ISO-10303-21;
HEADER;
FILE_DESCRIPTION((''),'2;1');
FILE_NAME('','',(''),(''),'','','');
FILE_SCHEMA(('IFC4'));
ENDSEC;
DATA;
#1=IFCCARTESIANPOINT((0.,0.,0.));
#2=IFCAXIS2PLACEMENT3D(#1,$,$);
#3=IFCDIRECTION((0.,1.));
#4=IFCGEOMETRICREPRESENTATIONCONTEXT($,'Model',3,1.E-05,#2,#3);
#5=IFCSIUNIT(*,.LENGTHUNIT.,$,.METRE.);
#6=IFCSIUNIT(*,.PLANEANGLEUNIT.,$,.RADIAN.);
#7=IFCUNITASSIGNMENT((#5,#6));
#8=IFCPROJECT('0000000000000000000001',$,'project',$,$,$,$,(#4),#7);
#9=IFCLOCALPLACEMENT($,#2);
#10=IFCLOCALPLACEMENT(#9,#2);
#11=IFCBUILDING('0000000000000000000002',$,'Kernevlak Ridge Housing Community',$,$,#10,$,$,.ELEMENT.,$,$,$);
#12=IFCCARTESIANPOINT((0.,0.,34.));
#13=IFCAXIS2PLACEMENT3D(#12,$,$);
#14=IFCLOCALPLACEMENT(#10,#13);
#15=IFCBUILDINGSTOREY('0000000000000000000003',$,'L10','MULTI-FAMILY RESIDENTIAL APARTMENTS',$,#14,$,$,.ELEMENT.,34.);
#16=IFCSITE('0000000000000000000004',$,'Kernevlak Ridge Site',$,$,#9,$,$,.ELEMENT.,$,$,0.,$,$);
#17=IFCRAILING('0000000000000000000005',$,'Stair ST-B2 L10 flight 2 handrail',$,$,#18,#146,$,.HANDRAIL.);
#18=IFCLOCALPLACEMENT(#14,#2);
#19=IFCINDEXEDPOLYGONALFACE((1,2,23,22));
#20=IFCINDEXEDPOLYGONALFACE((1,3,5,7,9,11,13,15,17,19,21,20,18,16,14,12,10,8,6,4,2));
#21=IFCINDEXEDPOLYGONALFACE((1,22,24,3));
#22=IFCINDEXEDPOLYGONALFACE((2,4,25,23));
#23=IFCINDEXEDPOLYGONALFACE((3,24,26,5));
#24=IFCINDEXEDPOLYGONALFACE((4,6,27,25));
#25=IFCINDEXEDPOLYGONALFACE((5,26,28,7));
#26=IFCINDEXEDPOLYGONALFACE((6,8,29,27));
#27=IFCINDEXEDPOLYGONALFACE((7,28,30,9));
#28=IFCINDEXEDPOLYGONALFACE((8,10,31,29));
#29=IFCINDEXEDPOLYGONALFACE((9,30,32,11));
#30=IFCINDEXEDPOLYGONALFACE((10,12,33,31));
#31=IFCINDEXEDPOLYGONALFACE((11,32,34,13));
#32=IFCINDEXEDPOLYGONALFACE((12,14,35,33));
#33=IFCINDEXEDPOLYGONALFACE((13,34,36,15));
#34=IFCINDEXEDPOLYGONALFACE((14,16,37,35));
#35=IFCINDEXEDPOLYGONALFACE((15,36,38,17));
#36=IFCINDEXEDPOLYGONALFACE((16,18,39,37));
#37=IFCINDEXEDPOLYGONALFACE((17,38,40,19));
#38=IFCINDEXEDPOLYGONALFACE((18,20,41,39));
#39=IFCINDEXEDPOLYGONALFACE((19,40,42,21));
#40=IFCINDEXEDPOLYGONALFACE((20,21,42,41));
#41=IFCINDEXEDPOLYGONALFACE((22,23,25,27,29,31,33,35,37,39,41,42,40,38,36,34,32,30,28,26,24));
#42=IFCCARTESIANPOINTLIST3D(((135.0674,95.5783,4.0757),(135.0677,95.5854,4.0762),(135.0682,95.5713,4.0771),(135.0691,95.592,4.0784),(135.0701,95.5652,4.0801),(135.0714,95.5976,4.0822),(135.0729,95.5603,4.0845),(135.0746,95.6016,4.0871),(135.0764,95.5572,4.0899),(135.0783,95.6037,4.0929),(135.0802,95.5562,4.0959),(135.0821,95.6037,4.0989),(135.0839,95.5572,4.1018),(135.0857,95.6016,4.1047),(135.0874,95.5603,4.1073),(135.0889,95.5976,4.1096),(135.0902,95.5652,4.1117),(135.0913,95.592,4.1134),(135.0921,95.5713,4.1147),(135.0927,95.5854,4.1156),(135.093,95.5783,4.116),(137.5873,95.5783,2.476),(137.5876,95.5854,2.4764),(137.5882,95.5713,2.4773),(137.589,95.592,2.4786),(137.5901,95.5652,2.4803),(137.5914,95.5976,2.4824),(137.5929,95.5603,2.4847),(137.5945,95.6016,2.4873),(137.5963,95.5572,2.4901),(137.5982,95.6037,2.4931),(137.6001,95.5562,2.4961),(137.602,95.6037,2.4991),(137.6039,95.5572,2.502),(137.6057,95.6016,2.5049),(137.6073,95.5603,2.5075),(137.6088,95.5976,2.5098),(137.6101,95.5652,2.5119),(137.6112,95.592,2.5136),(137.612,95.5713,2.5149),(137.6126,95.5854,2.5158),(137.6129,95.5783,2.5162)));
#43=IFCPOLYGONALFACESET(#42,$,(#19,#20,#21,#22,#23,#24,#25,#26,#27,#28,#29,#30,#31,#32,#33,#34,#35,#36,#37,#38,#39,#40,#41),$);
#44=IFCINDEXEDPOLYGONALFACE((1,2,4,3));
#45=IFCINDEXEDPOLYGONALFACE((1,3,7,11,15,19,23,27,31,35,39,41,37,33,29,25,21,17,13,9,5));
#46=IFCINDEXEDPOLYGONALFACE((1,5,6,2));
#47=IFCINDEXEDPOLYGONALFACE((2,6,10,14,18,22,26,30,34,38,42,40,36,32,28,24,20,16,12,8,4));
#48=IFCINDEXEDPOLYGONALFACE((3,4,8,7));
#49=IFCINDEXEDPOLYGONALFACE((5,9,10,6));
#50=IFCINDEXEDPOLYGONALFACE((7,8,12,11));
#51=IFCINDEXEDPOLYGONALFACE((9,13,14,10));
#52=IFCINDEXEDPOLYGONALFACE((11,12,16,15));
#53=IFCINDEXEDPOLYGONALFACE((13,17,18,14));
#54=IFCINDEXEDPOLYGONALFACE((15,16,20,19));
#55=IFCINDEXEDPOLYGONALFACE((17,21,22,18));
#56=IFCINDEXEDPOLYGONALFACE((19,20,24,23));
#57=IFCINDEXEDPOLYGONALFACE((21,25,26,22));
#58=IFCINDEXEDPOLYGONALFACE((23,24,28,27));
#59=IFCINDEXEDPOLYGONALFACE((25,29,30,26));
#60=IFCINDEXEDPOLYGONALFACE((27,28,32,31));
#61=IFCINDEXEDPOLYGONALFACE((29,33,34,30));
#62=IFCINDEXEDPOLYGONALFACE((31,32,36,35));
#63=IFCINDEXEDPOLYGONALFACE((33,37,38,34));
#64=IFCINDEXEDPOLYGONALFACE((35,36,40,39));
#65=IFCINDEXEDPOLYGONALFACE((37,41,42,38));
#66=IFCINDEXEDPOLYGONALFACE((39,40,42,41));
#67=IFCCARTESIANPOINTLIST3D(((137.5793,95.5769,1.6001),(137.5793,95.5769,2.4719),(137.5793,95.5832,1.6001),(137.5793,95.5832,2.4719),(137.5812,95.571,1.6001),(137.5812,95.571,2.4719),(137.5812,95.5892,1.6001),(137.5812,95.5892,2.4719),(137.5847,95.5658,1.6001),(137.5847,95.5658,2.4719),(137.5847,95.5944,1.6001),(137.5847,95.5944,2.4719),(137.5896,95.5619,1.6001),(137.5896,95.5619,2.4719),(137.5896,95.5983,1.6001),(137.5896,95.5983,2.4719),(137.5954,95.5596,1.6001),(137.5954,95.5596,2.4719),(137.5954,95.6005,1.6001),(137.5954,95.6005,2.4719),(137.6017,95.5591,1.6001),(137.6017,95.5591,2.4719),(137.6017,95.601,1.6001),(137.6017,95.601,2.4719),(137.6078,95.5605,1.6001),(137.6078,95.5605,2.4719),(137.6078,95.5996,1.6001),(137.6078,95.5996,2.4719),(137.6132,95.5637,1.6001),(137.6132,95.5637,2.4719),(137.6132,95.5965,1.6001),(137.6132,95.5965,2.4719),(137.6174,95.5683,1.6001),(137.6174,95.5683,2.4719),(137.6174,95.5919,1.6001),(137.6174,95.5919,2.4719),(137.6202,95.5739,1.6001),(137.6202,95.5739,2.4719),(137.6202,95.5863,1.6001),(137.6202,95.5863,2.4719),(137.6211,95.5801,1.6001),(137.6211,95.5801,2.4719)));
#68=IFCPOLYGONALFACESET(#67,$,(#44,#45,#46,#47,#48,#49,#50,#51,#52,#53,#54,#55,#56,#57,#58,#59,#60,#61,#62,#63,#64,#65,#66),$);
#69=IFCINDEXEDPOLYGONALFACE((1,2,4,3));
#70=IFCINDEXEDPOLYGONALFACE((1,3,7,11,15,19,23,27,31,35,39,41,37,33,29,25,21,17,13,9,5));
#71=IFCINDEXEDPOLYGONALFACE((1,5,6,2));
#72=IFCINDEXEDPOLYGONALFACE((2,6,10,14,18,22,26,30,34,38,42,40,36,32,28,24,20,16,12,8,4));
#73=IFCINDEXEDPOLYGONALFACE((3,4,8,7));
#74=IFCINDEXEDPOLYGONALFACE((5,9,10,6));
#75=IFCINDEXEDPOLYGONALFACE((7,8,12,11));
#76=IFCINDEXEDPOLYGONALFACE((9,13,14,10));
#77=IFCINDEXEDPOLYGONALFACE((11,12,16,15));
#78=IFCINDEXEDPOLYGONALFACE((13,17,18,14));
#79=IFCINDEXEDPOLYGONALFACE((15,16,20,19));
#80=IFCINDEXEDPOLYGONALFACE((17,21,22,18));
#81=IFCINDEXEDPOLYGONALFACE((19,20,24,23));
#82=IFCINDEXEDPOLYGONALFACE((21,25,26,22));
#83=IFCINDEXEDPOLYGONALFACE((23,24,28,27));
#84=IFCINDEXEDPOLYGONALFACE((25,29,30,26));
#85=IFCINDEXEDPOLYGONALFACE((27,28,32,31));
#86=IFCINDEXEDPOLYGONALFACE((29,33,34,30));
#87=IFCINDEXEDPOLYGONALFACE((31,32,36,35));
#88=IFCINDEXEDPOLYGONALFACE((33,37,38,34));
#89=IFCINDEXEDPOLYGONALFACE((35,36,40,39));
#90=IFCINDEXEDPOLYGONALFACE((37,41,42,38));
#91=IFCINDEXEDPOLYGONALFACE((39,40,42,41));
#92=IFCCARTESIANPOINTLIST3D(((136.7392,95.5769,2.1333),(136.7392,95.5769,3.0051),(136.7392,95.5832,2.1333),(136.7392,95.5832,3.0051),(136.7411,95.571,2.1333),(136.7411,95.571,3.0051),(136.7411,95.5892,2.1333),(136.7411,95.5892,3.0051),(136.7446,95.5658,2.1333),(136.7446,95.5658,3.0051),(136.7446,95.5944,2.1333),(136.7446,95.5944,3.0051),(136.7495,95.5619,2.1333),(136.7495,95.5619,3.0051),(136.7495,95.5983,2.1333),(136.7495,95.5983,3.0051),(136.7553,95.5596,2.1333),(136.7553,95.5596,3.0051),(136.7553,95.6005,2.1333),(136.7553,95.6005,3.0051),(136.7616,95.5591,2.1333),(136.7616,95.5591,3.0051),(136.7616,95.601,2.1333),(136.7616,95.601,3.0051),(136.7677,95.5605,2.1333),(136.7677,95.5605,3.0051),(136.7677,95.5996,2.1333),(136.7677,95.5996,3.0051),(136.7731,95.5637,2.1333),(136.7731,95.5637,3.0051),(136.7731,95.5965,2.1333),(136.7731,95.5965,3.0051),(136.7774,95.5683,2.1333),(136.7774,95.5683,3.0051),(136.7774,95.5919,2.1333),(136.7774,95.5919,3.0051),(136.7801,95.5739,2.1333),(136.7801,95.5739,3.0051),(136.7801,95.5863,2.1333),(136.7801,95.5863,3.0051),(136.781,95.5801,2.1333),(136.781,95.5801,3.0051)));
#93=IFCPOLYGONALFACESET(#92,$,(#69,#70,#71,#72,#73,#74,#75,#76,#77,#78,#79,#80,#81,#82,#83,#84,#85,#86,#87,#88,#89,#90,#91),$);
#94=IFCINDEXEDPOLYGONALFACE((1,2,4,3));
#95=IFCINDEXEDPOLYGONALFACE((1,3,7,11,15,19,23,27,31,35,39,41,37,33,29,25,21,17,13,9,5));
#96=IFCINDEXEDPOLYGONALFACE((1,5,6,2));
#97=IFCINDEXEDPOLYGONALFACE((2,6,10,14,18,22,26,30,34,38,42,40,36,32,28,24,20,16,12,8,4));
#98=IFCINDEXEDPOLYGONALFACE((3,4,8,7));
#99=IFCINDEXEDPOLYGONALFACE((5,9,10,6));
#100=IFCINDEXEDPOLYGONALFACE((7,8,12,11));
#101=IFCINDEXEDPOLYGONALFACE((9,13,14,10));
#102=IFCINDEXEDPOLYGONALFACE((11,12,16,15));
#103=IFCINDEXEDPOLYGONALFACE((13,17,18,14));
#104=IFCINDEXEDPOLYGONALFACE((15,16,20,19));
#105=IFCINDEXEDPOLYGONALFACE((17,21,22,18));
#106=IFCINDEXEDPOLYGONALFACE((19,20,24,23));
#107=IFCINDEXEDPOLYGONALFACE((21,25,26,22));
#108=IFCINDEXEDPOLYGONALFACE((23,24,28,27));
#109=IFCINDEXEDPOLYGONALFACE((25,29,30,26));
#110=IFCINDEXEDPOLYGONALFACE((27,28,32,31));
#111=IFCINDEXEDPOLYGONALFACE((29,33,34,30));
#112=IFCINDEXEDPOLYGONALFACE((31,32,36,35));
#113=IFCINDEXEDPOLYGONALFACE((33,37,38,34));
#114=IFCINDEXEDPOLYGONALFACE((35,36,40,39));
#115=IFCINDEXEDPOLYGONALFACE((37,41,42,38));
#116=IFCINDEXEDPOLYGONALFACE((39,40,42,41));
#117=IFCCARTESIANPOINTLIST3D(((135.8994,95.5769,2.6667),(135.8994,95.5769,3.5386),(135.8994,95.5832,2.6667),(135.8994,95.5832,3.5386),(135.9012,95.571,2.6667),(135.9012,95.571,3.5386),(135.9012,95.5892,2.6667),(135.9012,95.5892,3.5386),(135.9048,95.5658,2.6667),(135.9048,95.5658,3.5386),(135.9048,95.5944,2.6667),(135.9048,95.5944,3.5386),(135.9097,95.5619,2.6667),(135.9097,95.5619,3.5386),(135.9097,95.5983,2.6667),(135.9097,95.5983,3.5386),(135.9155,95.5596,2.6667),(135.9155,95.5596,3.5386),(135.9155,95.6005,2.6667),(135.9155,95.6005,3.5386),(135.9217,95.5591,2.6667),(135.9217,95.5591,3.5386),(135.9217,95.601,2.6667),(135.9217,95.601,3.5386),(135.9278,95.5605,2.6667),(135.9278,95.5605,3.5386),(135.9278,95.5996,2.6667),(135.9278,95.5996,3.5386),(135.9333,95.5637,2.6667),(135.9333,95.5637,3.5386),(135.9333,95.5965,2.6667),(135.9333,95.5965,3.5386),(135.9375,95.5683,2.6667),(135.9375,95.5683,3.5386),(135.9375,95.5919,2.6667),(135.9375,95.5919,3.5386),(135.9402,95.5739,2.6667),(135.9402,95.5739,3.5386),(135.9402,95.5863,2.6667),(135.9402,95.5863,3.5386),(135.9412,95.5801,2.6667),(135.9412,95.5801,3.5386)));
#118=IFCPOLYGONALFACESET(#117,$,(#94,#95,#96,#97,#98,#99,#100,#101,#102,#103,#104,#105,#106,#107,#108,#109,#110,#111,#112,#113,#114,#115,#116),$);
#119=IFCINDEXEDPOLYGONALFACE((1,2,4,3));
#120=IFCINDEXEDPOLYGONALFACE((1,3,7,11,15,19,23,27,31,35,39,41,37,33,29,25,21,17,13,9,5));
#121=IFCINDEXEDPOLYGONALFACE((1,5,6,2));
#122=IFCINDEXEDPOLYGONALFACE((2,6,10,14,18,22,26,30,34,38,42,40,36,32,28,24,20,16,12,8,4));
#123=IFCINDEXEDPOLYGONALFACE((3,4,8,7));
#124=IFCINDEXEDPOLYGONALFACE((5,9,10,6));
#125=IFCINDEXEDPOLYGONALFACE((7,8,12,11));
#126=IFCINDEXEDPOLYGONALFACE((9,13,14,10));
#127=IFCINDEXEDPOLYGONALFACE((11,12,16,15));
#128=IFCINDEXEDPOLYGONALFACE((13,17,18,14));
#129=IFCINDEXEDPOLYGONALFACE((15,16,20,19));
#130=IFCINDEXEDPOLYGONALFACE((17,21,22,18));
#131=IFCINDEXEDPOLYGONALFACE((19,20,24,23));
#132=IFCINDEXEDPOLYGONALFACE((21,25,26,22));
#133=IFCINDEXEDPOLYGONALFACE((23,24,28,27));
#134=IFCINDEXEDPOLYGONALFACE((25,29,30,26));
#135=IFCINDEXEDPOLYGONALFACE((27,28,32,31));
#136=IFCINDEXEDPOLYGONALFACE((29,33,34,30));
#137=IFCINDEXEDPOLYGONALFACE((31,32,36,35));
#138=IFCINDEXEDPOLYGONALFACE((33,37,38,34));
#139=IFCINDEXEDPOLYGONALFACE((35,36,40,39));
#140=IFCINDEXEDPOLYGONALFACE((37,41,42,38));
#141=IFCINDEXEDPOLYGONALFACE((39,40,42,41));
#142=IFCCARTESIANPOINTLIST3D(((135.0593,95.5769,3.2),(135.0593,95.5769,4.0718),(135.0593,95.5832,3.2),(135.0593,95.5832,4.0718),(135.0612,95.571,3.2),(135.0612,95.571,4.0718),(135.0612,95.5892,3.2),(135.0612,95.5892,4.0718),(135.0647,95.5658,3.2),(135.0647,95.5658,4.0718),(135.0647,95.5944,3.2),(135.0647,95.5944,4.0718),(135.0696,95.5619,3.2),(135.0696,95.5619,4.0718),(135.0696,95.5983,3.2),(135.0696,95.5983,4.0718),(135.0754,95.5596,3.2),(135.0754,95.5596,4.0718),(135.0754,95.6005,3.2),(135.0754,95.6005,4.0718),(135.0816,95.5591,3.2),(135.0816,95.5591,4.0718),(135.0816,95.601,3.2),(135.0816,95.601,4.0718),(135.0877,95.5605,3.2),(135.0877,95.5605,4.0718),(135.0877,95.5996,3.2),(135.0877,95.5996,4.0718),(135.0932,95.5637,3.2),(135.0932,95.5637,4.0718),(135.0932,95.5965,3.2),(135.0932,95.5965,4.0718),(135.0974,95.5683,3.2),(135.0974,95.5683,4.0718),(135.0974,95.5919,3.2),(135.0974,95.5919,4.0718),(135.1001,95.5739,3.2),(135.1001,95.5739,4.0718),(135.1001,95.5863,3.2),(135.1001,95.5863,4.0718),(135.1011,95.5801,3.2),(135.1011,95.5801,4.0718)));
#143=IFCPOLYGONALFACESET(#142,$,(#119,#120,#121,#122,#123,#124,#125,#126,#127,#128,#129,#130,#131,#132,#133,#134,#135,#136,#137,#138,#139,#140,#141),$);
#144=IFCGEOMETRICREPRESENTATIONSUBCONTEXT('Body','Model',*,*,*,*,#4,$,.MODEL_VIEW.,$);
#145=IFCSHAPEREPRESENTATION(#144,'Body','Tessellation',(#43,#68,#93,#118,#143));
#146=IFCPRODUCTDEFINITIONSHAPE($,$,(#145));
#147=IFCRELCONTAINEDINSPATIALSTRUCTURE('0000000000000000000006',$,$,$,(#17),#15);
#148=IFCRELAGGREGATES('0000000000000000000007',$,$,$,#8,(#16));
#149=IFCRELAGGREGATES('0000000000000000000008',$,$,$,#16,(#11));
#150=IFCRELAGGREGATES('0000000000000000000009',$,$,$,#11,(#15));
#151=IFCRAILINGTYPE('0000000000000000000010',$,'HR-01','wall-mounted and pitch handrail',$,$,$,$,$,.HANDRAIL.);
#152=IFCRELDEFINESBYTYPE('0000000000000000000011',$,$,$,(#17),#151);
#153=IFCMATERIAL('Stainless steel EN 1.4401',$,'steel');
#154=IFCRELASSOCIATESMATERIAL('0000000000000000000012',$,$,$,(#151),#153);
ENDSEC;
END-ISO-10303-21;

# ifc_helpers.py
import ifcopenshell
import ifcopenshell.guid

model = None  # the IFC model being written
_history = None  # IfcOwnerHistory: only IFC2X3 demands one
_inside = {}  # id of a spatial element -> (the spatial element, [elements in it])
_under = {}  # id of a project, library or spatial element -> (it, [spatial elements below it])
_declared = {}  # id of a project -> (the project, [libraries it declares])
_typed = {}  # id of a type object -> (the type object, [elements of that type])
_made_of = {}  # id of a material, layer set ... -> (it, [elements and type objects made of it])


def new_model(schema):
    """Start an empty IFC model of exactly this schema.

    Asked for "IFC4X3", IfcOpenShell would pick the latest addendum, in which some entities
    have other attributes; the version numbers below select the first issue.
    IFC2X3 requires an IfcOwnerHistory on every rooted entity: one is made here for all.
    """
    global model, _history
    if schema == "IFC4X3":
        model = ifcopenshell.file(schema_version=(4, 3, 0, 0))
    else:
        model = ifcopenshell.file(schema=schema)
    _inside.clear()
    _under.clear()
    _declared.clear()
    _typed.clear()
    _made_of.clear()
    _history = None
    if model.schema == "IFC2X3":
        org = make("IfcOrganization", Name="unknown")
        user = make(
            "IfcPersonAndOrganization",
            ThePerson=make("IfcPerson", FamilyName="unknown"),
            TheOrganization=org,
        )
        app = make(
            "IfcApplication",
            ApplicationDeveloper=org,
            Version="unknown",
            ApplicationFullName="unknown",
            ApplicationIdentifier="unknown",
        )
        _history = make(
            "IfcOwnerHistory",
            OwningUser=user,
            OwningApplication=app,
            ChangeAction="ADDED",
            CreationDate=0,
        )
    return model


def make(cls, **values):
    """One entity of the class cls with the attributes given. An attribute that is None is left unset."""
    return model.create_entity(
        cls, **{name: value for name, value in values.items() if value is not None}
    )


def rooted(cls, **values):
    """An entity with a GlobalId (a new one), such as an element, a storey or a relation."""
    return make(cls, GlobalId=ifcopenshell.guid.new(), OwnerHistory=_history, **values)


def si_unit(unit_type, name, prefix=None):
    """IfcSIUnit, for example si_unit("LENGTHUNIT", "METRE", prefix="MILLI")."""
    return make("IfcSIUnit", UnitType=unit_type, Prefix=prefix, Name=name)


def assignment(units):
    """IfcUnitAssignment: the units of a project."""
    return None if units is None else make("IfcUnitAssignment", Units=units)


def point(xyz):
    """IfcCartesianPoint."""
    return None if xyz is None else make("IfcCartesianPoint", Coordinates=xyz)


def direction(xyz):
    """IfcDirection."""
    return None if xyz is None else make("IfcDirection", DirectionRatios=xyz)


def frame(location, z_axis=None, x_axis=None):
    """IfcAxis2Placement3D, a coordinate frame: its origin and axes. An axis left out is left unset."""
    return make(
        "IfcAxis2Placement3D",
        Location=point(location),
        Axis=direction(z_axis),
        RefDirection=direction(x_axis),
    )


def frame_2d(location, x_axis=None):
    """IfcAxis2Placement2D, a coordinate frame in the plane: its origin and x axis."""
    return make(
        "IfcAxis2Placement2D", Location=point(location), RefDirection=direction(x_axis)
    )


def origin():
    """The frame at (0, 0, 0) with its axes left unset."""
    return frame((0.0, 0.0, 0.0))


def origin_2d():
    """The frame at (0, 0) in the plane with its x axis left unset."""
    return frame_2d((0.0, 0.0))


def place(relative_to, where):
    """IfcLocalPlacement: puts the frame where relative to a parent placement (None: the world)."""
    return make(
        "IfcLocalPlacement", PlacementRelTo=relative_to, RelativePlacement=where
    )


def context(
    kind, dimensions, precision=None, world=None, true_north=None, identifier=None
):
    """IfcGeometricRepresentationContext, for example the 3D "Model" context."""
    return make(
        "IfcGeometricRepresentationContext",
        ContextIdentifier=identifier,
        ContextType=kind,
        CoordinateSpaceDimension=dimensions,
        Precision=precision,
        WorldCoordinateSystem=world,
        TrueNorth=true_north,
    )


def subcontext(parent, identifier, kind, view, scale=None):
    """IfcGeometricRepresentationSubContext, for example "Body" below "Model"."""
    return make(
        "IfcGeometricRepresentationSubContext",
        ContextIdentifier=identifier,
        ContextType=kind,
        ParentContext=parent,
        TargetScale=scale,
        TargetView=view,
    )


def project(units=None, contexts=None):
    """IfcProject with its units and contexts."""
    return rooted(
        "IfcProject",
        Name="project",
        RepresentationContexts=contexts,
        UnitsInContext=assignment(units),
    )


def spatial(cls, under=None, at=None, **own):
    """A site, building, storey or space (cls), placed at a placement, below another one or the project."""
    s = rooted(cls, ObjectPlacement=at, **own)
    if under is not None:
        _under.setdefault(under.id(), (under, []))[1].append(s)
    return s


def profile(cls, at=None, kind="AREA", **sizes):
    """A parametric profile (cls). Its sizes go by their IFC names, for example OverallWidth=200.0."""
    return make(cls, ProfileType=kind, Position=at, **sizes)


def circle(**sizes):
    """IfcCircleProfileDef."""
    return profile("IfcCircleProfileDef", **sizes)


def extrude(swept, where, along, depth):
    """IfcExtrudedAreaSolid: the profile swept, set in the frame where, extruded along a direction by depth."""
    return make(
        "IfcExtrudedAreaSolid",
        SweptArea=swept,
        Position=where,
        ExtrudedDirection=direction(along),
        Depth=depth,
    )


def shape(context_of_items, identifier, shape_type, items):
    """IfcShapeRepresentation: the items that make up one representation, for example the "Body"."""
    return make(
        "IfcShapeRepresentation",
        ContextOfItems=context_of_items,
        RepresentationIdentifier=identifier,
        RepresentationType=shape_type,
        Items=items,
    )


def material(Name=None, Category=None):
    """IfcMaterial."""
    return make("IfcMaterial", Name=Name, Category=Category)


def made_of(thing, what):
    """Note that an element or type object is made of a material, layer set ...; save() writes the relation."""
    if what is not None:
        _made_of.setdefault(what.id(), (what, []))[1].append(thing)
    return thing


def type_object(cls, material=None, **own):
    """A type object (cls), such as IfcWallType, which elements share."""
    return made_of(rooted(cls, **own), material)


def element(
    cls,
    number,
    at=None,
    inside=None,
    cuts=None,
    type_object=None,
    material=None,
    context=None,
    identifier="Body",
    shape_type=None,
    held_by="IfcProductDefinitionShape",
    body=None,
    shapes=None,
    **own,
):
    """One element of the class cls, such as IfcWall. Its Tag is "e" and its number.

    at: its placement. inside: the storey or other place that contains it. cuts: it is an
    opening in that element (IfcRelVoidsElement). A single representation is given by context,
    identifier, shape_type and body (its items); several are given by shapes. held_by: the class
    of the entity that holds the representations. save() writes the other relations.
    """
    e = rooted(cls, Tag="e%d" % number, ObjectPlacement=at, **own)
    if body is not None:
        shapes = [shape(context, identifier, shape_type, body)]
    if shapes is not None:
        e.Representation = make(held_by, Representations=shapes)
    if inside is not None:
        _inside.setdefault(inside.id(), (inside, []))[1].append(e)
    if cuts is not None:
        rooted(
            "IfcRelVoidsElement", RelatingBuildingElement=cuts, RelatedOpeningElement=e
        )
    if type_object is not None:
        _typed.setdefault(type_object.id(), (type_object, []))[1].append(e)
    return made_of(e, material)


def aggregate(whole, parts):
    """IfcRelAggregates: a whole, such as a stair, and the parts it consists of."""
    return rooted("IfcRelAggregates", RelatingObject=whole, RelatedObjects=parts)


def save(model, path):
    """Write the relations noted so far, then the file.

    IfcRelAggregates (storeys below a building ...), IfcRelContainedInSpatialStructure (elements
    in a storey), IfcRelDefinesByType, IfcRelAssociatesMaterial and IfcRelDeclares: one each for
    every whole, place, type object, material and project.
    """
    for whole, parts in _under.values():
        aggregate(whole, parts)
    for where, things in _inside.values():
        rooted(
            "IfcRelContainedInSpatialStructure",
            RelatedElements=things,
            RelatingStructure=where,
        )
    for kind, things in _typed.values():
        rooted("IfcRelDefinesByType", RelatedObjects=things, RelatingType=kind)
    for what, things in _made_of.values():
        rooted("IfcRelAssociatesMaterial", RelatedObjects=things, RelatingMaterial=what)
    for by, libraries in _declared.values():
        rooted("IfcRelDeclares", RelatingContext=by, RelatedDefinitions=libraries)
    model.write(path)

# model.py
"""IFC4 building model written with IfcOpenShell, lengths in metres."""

from ifc_helpers import new_model, si_unit, direction, frame, origin, origin_2d, place, context, subcontext, project, spatial, circle, extrude, material, type_object, element, save


model = new_model("IFC4")

# Units and contexts
model_context = context("Model", 3, precision=1e-05, world=origin(), true_north=direction((0.0, 1.0)))
body_context = subcontext(model_context, "Body", "Model", "MODEL_VIEW")
ifc_project = project(units=[si_unit("LENGTHUNIT", "METRE"), si_unit("PLANEANGLEUNIT", "RADIAN")], contexts=[model_context])

# Site, building, storey
site_placement = place(None, origin())
site = spatial("IfcSite", under=ifc_project, at=site_placement, Name="Kernevlak Ridge Site", CompositionType="ELEMENT", RefElevation=0.0)
building_placement = place(site_placement, origin())
building = spatial("IfcBuilding", under=site, at=building_placement, Name="Kernevlak Ridge Housing Community", CompositionType="ELEMENT")
storey_placement = place(building_placement, frame((0.0, 0.0, 34.0)))
storey = spatial("IfcBuildingStorey", under=building, at=storey_placement, Name="L10", Description="MULTI-FAMILY RESIDENTIAL APARTMENTS", CompositionType="ELEMENT", Elevation=34.0)

# Railing
ifc_material_1 = material(Name="Stainless steel EN 1.4401", Category="steel")
railing_type_1 = type_object("IfcRailingType", Name="HR-01", Description="wall-mounted and pitch handrail", PredefinedType="HANDRAIL", material=ifc_material_1)
railing_1_placement = place(storey_placement, frame((137.6001, 95.5801, 1.6001)))
element("IfcRailing", 1, at=railing_1_placement, inside=storey, type_object=railing_type_1, Name="Stair ST-B2 L10 flight 2 handrail", PredefinedType="HANDRAIL", context=body_context, shape_type="SweptSolid", body=[
    extrude(circle(Radius=0.0239, at=origin_2d()), frame((0.0, 0.0, 0.896), z_axis=(-0.844237, 0.0, 0.53597), x_axis=(0.0, -1.0, 0.0)), (0.0, 0.0, 1.0), 2.9849),
    extrude(circle(Radius=0.021, at=origin_2d()), origin(), (0.0, 0.0, 1.0), 0.8718),
    extrude(circle(Radius=0.021, at=origin_2d()), frame((-0.8401, 0.0, 0.5332)), (0.0, 0.0, 1.0), 0.8718),
    extrude(circle(Radius=0.021, at=origin_2d()), frame((-1.6799, 0.0, 1.0667)), (0.0, 0.0, 1.0), 0.8718),
    extrude(circle(Radius=0.021, at=origin_2d()), frame((-2.52, 0.0, 1.5999)), (0.0, 0.0, 1.0), 0.8718),
])

save(model, "model.ifc")
